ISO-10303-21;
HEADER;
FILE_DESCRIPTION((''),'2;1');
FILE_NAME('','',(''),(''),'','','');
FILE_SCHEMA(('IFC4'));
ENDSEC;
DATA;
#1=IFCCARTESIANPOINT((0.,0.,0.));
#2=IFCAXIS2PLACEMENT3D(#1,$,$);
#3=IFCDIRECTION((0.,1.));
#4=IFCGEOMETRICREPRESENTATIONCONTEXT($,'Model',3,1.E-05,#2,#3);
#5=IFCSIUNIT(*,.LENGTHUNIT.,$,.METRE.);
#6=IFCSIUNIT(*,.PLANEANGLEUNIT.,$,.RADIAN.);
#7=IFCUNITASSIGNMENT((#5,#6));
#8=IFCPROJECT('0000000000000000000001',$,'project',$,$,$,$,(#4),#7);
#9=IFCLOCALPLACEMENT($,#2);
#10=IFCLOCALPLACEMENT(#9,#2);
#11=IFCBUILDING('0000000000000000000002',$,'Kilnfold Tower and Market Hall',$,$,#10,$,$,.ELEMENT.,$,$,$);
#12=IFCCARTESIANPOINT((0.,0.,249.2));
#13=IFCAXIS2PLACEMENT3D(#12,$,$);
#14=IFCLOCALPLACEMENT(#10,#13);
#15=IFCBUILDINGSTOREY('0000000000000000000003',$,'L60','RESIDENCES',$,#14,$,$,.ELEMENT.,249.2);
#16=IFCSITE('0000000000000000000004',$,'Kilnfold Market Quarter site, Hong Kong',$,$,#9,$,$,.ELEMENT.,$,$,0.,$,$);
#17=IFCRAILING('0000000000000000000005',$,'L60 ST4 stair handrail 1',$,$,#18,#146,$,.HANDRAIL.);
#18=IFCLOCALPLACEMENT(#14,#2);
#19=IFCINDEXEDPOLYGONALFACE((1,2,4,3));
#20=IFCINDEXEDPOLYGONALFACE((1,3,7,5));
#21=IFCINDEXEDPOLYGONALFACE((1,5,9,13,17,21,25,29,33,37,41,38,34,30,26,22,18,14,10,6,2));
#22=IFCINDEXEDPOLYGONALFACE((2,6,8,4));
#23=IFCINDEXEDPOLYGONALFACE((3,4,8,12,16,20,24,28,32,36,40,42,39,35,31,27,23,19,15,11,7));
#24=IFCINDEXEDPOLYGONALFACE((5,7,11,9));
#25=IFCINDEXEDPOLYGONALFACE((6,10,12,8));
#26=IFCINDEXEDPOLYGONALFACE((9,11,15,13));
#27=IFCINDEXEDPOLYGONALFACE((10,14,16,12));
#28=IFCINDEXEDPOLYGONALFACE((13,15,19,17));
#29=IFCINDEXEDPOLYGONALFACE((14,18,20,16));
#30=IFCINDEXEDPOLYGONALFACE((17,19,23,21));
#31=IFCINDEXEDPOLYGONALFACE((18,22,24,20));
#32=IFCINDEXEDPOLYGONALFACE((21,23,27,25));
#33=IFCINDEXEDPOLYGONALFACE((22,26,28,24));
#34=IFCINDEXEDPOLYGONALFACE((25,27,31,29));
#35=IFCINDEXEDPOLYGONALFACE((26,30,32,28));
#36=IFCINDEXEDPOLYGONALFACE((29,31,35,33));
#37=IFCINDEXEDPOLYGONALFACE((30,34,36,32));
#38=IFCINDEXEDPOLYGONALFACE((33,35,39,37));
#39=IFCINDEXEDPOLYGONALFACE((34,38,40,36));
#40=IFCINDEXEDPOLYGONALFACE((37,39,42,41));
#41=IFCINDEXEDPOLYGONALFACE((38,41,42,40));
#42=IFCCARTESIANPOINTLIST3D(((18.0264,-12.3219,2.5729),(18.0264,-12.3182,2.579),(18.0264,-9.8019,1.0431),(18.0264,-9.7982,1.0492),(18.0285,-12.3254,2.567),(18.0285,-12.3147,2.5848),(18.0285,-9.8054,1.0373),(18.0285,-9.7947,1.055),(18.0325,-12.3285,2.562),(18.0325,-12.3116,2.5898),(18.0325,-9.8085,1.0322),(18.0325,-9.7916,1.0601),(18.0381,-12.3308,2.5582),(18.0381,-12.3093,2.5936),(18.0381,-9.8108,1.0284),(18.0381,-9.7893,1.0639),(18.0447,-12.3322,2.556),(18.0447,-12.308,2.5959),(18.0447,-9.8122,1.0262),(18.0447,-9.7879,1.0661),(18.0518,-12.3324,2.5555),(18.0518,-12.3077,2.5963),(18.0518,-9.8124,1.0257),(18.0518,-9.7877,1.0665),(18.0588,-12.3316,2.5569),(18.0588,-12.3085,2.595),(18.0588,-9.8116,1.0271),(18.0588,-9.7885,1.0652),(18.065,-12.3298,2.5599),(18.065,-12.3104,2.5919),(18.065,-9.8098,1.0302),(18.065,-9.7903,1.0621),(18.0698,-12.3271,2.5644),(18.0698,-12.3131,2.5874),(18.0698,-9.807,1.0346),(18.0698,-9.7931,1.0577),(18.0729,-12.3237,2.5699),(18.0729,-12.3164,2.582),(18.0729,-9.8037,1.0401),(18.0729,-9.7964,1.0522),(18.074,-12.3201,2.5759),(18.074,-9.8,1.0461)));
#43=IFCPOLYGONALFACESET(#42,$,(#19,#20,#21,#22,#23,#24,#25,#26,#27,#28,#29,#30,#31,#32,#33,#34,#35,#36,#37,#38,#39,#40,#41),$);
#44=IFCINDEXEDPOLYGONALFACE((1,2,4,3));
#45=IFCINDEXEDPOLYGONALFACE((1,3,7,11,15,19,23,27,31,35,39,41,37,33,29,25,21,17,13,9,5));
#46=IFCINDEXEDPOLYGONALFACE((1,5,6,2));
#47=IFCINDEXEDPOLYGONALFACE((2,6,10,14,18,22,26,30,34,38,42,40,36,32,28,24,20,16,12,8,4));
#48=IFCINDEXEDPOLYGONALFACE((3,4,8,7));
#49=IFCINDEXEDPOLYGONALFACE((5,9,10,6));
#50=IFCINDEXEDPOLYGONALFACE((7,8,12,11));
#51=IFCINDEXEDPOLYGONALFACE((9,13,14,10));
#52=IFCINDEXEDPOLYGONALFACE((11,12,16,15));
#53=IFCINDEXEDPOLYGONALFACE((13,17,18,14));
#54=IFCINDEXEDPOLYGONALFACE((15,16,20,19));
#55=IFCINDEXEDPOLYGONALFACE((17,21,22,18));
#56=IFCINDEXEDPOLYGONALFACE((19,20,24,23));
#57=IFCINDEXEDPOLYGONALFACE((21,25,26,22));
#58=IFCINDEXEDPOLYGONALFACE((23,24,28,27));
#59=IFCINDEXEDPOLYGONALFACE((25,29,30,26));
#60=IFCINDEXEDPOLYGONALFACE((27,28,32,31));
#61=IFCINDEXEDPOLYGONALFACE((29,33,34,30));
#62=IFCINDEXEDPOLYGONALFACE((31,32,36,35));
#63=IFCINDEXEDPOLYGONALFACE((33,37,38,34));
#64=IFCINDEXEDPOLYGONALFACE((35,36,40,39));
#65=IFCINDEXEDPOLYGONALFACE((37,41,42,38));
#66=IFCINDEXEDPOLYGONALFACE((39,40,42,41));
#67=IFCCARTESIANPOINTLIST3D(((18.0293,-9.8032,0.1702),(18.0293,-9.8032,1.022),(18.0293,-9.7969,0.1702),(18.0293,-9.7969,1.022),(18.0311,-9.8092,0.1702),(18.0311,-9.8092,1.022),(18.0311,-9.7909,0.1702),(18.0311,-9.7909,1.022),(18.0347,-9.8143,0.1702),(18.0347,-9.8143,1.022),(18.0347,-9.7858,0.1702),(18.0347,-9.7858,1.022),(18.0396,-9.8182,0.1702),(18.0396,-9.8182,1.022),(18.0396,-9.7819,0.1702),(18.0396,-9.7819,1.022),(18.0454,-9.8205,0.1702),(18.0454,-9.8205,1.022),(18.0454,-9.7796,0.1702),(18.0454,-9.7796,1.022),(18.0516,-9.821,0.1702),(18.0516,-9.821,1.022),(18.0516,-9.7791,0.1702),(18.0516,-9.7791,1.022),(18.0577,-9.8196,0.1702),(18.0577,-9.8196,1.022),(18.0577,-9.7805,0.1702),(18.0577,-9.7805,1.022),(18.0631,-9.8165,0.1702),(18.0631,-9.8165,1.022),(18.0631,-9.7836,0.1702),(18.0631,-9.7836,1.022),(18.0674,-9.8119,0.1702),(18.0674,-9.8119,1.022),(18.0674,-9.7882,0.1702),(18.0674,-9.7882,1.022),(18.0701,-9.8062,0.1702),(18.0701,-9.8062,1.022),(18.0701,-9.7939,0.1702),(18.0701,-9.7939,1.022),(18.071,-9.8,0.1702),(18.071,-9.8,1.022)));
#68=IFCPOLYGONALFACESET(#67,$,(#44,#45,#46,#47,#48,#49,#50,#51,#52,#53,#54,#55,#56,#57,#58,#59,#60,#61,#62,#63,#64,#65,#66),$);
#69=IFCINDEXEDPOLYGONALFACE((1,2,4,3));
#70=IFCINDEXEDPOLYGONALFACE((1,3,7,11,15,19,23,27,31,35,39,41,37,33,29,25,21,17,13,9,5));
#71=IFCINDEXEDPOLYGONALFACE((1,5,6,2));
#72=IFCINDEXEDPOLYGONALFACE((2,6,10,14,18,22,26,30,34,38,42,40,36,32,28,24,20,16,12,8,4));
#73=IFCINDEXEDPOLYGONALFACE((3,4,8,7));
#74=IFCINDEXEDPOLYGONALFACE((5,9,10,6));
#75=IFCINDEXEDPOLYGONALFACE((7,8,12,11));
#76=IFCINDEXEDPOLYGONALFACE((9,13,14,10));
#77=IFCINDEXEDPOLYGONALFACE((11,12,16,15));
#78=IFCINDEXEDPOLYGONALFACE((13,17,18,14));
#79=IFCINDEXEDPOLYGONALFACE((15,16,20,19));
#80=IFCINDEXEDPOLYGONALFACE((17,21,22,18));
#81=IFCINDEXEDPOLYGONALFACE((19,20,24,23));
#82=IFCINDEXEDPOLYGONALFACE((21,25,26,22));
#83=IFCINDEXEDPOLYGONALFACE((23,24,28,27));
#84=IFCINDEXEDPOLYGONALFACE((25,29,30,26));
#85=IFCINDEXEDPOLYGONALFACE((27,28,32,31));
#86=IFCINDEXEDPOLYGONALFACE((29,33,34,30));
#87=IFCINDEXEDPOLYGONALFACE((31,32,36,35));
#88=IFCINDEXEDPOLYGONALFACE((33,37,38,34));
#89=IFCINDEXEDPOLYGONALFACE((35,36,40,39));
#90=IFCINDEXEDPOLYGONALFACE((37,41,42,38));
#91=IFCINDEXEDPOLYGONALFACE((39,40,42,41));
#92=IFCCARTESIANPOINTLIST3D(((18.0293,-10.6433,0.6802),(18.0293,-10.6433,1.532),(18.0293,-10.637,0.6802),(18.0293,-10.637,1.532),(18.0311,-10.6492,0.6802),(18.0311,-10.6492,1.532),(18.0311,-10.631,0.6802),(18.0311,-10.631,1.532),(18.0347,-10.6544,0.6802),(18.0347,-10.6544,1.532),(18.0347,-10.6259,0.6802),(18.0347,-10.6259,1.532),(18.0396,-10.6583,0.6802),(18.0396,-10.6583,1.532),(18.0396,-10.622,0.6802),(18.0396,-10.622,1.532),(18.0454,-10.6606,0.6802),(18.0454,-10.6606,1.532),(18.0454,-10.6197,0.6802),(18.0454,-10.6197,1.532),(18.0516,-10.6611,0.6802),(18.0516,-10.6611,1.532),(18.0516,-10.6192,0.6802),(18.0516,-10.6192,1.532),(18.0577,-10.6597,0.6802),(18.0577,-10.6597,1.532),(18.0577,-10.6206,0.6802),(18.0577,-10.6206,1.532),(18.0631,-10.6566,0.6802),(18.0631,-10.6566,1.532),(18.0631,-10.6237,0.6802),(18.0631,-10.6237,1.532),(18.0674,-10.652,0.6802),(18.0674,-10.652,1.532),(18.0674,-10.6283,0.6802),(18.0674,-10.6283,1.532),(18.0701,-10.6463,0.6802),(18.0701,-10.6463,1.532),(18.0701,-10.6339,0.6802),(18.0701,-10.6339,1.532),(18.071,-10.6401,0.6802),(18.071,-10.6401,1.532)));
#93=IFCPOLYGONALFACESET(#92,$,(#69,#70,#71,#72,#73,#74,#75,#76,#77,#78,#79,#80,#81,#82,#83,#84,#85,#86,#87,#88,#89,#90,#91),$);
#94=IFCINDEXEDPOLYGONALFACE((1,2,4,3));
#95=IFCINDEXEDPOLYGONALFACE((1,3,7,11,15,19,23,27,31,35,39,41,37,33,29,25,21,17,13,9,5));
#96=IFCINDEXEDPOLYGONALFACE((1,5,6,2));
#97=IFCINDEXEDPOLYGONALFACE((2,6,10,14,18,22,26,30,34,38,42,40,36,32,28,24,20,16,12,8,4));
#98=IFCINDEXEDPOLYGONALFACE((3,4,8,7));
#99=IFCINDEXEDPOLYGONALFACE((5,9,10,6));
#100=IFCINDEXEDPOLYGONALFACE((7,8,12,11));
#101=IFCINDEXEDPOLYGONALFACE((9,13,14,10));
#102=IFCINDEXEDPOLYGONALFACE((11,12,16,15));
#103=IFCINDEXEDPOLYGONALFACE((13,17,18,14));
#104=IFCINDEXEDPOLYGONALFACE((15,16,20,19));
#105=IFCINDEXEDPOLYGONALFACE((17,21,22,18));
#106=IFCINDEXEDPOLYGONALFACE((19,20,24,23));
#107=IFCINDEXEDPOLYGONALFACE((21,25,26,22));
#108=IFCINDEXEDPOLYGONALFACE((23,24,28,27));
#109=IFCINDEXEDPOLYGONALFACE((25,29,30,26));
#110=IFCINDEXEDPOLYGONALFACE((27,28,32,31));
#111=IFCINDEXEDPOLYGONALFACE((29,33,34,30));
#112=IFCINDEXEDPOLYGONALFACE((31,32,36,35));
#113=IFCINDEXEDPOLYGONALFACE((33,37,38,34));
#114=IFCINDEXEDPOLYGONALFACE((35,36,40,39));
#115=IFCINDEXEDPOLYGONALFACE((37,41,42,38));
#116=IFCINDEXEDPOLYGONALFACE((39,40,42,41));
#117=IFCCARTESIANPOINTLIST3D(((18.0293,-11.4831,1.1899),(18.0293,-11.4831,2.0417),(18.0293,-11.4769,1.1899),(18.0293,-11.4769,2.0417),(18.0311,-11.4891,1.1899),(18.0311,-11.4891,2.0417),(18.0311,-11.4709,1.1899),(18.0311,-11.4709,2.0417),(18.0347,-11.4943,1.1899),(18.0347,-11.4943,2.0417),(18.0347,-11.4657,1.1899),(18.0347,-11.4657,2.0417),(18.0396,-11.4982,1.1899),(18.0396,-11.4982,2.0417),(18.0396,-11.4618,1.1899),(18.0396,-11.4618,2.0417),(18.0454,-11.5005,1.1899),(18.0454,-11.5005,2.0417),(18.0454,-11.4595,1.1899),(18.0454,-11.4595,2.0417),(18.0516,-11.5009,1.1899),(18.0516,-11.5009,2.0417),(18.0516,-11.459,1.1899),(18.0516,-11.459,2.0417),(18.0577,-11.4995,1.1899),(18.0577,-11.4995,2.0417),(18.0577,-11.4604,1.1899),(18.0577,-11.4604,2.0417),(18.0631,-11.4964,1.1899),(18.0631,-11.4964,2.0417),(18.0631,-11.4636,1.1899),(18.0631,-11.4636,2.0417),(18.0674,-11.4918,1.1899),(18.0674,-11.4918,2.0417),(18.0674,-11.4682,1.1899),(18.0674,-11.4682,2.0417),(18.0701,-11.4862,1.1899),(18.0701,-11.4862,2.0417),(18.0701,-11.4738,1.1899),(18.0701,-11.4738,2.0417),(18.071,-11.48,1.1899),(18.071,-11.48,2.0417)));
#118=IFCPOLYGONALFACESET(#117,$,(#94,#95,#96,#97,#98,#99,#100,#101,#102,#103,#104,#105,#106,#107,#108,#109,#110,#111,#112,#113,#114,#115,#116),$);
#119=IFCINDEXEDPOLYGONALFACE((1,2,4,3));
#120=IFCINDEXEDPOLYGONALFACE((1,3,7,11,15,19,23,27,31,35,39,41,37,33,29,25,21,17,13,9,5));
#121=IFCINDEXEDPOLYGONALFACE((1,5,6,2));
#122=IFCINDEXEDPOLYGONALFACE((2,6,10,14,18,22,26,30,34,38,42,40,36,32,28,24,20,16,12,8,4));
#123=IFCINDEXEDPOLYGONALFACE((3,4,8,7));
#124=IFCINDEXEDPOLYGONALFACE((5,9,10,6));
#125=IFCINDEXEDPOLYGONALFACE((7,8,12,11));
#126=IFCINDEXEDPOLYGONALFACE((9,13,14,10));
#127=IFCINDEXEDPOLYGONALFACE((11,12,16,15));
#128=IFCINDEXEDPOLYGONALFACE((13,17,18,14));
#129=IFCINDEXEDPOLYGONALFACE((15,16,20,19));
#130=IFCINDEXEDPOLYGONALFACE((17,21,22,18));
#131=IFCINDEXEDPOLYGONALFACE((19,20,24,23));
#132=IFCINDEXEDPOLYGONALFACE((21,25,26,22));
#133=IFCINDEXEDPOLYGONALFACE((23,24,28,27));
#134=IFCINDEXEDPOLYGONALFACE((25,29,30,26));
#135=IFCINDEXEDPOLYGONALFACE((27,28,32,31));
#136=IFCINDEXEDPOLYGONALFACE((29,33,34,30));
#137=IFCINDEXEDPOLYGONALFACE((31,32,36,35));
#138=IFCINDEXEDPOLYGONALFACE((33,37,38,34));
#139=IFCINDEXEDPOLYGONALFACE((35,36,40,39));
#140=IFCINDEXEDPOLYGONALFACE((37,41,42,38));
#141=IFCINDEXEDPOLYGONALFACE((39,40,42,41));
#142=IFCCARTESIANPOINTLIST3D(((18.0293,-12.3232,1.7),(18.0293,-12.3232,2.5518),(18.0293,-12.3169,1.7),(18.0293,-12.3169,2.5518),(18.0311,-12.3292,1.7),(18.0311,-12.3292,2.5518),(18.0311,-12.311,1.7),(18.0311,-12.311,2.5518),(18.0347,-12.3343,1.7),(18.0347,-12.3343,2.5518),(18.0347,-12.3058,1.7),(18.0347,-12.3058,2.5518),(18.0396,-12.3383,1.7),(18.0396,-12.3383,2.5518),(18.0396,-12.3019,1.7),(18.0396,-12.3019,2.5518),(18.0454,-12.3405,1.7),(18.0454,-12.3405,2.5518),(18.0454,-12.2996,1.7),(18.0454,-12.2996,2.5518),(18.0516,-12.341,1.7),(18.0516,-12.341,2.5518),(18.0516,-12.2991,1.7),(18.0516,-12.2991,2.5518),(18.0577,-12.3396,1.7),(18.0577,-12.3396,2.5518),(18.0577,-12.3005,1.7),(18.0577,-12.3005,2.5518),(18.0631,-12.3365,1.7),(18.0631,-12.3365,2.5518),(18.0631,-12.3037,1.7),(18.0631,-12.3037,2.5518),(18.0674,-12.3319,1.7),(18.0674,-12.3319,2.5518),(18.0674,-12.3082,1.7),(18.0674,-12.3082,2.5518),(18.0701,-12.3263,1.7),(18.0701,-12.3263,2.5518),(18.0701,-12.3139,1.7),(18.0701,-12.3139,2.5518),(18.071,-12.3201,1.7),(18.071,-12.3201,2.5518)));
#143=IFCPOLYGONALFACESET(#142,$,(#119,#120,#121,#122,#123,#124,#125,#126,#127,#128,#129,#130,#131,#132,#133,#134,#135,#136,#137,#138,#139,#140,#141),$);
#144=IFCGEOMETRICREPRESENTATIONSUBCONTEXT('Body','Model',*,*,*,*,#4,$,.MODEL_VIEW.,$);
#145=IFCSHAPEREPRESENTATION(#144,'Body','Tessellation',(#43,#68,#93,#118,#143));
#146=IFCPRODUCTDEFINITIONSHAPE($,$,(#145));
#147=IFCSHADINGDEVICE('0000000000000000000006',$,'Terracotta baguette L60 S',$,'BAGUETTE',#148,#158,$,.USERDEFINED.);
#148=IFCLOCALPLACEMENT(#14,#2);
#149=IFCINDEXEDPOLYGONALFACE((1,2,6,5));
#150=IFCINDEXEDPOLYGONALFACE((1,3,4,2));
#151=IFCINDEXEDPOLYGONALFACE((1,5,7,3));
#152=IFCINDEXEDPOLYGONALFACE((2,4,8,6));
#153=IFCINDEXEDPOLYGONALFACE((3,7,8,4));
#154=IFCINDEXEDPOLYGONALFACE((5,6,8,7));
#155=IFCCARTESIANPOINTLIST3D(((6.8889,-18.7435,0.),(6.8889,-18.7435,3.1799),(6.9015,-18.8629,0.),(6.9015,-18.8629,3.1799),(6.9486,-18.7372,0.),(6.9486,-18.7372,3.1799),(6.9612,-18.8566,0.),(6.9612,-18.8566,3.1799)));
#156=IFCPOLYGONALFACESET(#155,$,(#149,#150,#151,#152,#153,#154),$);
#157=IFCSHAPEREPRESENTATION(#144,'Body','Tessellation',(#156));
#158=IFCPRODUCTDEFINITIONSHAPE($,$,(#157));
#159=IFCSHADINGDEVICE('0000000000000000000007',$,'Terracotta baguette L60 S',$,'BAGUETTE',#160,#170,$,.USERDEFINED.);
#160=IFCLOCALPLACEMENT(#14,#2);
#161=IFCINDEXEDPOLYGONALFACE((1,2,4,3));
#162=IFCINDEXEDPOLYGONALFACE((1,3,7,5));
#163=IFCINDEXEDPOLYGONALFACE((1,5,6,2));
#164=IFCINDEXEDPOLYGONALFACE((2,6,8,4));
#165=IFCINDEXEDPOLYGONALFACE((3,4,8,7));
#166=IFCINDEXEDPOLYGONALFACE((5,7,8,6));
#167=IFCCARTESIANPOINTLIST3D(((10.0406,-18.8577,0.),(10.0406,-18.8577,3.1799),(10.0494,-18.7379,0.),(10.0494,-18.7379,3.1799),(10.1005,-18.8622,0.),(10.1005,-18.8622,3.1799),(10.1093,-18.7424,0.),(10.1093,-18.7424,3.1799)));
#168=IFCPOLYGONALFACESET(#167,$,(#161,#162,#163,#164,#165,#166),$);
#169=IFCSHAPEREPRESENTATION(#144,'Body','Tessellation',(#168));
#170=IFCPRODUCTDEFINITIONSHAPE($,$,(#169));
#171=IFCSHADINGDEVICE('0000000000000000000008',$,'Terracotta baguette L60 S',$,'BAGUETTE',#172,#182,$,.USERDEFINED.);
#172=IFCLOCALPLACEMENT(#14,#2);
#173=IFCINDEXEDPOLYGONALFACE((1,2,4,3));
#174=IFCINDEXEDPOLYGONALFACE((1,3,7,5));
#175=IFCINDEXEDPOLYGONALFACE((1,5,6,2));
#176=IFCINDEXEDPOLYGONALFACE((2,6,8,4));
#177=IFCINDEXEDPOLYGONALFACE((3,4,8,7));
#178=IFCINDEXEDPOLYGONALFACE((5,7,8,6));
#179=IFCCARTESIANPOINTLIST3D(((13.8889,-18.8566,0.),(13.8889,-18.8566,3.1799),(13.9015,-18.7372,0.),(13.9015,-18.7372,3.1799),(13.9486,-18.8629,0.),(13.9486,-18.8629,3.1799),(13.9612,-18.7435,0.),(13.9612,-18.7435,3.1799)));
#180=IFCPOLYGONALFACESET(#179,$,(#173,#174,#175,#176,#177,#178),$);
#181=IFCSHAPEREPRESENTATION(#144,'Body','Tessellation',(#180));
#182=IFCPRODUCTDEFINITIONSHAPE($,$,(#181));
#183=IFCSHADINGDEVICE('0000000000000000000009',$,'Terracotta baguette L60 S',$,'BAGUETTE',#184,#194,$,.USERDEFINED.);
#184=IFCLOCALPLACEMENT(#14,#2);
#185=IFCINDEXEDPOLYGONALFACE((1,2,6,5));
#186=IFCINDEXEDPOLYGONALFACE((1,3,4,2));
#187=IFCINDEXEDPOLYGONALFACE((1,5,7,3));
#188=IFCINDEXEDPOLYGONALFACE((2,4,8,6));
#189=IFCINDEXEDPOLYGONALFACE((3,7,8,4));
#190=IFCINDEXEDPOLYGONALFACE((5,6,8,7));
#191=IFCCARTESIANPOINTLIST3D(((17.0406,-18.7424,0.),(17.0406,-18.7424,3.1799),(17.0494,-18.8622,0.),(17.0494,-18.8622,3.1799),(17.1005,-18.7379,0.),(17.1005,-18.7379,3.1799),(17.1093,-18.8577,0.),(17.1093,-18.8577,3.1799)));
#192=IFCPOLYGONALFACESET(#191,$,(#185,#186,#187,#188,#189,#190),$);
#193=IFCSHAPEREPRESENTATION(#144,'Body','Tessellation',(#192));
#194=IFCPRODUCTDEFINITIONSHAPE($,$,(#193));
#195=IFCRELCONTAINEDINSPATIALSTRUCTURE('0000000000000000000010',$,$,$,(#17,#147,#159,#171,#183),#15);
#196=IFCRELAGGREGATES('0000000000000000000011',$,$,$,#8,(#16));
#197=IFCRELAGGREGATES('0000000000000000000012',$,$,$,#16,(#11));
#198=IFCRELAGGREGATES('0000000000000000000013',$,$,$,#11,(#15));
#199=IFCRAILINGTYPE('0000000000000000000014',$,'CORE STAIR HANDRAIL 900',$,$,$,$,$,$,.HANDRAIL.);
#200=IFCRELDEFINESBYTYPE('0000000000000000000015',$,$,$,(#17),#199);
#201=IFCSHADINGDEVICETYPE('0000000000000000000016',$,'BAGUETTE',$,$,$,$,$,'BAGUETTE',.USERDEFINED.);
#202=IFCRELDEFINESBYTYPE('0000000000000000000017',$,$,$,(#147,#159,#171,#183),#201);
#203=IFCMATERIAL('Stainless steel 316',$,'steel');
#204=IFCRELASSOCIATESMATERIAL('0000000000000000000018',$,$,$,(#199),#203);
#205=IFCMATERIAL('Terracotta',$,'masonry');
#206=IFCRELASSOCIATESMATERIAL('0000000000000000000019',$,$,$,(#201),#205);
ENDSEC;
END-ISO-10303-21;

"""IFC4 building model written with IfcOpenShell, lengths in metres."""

from ifc_helpers import new_model, si_unit, direction, frame, origin, origin_2d, place, context, subcontext, project, spatial, rectangle, circle, extrude, source, transform, mapped, material, material_profile, profile_set, type_object, element, save


model = new_model("IFC4")

# Units and contexts
model_context = context("Model", 3, precision=1e-05, world=origin(), true_north=direction((0.0, 1.0)))
body_context = subcontext(model_context, "Body", "Model", "MODEL_VIEW")
ifc_project = project(units=[si_unit("LENGTHUNIT", "METRE"), si_unit("PLANEANGLEUNIT", "RADIAN")], contexts=[model_context])

# Site, building, storey
site_placement = place(None, origin())
site = spatial("IfcSite", under=ifc_project, at=site_placement, Name="Kilnfold Market Quarter site, Hong Kong", CompositionType="ELEMENT", RefElevation=0.0)
building_placement = place(site_placement, origin())
building = spatial("IfcBuilding", under=site, at=building_placement, Name="Kilnfold Tower and Market Hall", CompositionType="ELEMENT")
storey_placement = place(building_placement, frame((0.0, 0.0, 249.2)))
storey = spatial("IfcBuildingStorey", under=building, at=storey_placement, Name="L60", Description="RESIDENCES", CompositionType="ELEMENT", Elevation=249.2)

# Railing
ifc_material_1 = material(Name="Stainless steel 316", Category="steel")
railing_type = type_object("IfcRailingType", Name="CORE STAIR HANDRAIL 900", PredefinedType="HANDRAIL", material=ifc_material_1)
railing_placement = place(storey_placement, frame((18.05, -9.8, 0.1702)))
element("IfcRailing", 1, at=railing_placement, inside=storey, type_object=railing_type, Name="L60 ST4 stair handrail 1", PredefinedType="HANDRAIL", context=body_context, shape_type="SweptSolid", body=[
    extrude(circle(Radius=0.0239, at=origin_2d()), frame((0.0, 0.0, 0.876), z_axis=(0.0, -0.854822, 0.518922), x_axis=(1.0, 0.0, 0.0)), (0.0, 0.0, 1.0), 2.948),
    extrude(circle(Radius=0.021, at=origin_2d()), origin(), (0.0, 0.0, 1.0), 0.8518),
    extrude(circle(Radius=0.021, at=origin_2d()), frame((0.0, -0.8401, 0.51)), (0.0, 0.0, 1.0), 0.8518),
    extrude(circle(Radius=0.021, at=origin_2d()), frame((0.0, -1.6799, 1.0198)), (0.0, 0.0, 1.0), 0.8518),
    extrude(circle(Radius=0.021, at=origin_2d()), frame((0.0, -2.52, 1.5298)), (0.0, 0.0, 1.0), 0.8518),
])

# Shading devices
ifc_material_2 = material(Name="Terracotta", Category="masonry")
ifc_material_profile_1 = material_profile(ifc_material_2, rectangle(XDim=0.0601, YDim=0.1201, at=origin_2d()), Name="BAG 60x120")
ifc_profile_set_1 = profile_set([ifc_material_profile_1], Name="Terracotta")
shading_device_type = type_object("IfcShadingDeviceType", Name="BAGUETTE", ElementType="BAGUETTE", PredefinedType="USERDEFINED", material=ifc_profile_set_1)
shared_shape_1 = source(origin(), body_context, "Body", "SweptSolid", [
    extrude(rectangle(XDim=0.0601, YDim=0.1201, at=origin_2d()), origin(), (0.0, 0.0, 1.0), 3.1799),
])
for number, where, z_axis, x_axis, name in (
    (2, (6.925, -18.8, 0.0), (0.0, 0.0, 1.0), (0.994429, 0.105405, 0.0), "Terracotta baguette L60 S"),
    (3, (10.075, -18.8, 0.0), (0.0, 0.0, 1.0), (0.997285, -0.073635, 0.0), "Terracotta baguette L60 S"),
    (4, (13.925, -18.8, 0.0), (0.0, 0.0, 1.0), (0.994429, -0.105405, 0.0), "Terracotta baguette L60 S"),
    (5, (17.075, -18.8, 0.0), (0.0, 0.0, 1.0), (0.997285, 0.073635, 0.0), "Terracotta baguette L60 S"),
):
    element("IfcShadingDevice", number, at=place(storey_placement, frame(where, z_axis=z_axis, x_axis=x_axis)), inside=storey, type_object=shading_device_type, Name=name, ObjectType="BAGUETTE", PredefinedType="USERDEFINED", context=body_context, shape_type="MappedRepresentation", body=[
        mapped(shared_shape_1, transform((0.0, 0.0, 0.0))),
    ])

save(model, "model.ifc")
